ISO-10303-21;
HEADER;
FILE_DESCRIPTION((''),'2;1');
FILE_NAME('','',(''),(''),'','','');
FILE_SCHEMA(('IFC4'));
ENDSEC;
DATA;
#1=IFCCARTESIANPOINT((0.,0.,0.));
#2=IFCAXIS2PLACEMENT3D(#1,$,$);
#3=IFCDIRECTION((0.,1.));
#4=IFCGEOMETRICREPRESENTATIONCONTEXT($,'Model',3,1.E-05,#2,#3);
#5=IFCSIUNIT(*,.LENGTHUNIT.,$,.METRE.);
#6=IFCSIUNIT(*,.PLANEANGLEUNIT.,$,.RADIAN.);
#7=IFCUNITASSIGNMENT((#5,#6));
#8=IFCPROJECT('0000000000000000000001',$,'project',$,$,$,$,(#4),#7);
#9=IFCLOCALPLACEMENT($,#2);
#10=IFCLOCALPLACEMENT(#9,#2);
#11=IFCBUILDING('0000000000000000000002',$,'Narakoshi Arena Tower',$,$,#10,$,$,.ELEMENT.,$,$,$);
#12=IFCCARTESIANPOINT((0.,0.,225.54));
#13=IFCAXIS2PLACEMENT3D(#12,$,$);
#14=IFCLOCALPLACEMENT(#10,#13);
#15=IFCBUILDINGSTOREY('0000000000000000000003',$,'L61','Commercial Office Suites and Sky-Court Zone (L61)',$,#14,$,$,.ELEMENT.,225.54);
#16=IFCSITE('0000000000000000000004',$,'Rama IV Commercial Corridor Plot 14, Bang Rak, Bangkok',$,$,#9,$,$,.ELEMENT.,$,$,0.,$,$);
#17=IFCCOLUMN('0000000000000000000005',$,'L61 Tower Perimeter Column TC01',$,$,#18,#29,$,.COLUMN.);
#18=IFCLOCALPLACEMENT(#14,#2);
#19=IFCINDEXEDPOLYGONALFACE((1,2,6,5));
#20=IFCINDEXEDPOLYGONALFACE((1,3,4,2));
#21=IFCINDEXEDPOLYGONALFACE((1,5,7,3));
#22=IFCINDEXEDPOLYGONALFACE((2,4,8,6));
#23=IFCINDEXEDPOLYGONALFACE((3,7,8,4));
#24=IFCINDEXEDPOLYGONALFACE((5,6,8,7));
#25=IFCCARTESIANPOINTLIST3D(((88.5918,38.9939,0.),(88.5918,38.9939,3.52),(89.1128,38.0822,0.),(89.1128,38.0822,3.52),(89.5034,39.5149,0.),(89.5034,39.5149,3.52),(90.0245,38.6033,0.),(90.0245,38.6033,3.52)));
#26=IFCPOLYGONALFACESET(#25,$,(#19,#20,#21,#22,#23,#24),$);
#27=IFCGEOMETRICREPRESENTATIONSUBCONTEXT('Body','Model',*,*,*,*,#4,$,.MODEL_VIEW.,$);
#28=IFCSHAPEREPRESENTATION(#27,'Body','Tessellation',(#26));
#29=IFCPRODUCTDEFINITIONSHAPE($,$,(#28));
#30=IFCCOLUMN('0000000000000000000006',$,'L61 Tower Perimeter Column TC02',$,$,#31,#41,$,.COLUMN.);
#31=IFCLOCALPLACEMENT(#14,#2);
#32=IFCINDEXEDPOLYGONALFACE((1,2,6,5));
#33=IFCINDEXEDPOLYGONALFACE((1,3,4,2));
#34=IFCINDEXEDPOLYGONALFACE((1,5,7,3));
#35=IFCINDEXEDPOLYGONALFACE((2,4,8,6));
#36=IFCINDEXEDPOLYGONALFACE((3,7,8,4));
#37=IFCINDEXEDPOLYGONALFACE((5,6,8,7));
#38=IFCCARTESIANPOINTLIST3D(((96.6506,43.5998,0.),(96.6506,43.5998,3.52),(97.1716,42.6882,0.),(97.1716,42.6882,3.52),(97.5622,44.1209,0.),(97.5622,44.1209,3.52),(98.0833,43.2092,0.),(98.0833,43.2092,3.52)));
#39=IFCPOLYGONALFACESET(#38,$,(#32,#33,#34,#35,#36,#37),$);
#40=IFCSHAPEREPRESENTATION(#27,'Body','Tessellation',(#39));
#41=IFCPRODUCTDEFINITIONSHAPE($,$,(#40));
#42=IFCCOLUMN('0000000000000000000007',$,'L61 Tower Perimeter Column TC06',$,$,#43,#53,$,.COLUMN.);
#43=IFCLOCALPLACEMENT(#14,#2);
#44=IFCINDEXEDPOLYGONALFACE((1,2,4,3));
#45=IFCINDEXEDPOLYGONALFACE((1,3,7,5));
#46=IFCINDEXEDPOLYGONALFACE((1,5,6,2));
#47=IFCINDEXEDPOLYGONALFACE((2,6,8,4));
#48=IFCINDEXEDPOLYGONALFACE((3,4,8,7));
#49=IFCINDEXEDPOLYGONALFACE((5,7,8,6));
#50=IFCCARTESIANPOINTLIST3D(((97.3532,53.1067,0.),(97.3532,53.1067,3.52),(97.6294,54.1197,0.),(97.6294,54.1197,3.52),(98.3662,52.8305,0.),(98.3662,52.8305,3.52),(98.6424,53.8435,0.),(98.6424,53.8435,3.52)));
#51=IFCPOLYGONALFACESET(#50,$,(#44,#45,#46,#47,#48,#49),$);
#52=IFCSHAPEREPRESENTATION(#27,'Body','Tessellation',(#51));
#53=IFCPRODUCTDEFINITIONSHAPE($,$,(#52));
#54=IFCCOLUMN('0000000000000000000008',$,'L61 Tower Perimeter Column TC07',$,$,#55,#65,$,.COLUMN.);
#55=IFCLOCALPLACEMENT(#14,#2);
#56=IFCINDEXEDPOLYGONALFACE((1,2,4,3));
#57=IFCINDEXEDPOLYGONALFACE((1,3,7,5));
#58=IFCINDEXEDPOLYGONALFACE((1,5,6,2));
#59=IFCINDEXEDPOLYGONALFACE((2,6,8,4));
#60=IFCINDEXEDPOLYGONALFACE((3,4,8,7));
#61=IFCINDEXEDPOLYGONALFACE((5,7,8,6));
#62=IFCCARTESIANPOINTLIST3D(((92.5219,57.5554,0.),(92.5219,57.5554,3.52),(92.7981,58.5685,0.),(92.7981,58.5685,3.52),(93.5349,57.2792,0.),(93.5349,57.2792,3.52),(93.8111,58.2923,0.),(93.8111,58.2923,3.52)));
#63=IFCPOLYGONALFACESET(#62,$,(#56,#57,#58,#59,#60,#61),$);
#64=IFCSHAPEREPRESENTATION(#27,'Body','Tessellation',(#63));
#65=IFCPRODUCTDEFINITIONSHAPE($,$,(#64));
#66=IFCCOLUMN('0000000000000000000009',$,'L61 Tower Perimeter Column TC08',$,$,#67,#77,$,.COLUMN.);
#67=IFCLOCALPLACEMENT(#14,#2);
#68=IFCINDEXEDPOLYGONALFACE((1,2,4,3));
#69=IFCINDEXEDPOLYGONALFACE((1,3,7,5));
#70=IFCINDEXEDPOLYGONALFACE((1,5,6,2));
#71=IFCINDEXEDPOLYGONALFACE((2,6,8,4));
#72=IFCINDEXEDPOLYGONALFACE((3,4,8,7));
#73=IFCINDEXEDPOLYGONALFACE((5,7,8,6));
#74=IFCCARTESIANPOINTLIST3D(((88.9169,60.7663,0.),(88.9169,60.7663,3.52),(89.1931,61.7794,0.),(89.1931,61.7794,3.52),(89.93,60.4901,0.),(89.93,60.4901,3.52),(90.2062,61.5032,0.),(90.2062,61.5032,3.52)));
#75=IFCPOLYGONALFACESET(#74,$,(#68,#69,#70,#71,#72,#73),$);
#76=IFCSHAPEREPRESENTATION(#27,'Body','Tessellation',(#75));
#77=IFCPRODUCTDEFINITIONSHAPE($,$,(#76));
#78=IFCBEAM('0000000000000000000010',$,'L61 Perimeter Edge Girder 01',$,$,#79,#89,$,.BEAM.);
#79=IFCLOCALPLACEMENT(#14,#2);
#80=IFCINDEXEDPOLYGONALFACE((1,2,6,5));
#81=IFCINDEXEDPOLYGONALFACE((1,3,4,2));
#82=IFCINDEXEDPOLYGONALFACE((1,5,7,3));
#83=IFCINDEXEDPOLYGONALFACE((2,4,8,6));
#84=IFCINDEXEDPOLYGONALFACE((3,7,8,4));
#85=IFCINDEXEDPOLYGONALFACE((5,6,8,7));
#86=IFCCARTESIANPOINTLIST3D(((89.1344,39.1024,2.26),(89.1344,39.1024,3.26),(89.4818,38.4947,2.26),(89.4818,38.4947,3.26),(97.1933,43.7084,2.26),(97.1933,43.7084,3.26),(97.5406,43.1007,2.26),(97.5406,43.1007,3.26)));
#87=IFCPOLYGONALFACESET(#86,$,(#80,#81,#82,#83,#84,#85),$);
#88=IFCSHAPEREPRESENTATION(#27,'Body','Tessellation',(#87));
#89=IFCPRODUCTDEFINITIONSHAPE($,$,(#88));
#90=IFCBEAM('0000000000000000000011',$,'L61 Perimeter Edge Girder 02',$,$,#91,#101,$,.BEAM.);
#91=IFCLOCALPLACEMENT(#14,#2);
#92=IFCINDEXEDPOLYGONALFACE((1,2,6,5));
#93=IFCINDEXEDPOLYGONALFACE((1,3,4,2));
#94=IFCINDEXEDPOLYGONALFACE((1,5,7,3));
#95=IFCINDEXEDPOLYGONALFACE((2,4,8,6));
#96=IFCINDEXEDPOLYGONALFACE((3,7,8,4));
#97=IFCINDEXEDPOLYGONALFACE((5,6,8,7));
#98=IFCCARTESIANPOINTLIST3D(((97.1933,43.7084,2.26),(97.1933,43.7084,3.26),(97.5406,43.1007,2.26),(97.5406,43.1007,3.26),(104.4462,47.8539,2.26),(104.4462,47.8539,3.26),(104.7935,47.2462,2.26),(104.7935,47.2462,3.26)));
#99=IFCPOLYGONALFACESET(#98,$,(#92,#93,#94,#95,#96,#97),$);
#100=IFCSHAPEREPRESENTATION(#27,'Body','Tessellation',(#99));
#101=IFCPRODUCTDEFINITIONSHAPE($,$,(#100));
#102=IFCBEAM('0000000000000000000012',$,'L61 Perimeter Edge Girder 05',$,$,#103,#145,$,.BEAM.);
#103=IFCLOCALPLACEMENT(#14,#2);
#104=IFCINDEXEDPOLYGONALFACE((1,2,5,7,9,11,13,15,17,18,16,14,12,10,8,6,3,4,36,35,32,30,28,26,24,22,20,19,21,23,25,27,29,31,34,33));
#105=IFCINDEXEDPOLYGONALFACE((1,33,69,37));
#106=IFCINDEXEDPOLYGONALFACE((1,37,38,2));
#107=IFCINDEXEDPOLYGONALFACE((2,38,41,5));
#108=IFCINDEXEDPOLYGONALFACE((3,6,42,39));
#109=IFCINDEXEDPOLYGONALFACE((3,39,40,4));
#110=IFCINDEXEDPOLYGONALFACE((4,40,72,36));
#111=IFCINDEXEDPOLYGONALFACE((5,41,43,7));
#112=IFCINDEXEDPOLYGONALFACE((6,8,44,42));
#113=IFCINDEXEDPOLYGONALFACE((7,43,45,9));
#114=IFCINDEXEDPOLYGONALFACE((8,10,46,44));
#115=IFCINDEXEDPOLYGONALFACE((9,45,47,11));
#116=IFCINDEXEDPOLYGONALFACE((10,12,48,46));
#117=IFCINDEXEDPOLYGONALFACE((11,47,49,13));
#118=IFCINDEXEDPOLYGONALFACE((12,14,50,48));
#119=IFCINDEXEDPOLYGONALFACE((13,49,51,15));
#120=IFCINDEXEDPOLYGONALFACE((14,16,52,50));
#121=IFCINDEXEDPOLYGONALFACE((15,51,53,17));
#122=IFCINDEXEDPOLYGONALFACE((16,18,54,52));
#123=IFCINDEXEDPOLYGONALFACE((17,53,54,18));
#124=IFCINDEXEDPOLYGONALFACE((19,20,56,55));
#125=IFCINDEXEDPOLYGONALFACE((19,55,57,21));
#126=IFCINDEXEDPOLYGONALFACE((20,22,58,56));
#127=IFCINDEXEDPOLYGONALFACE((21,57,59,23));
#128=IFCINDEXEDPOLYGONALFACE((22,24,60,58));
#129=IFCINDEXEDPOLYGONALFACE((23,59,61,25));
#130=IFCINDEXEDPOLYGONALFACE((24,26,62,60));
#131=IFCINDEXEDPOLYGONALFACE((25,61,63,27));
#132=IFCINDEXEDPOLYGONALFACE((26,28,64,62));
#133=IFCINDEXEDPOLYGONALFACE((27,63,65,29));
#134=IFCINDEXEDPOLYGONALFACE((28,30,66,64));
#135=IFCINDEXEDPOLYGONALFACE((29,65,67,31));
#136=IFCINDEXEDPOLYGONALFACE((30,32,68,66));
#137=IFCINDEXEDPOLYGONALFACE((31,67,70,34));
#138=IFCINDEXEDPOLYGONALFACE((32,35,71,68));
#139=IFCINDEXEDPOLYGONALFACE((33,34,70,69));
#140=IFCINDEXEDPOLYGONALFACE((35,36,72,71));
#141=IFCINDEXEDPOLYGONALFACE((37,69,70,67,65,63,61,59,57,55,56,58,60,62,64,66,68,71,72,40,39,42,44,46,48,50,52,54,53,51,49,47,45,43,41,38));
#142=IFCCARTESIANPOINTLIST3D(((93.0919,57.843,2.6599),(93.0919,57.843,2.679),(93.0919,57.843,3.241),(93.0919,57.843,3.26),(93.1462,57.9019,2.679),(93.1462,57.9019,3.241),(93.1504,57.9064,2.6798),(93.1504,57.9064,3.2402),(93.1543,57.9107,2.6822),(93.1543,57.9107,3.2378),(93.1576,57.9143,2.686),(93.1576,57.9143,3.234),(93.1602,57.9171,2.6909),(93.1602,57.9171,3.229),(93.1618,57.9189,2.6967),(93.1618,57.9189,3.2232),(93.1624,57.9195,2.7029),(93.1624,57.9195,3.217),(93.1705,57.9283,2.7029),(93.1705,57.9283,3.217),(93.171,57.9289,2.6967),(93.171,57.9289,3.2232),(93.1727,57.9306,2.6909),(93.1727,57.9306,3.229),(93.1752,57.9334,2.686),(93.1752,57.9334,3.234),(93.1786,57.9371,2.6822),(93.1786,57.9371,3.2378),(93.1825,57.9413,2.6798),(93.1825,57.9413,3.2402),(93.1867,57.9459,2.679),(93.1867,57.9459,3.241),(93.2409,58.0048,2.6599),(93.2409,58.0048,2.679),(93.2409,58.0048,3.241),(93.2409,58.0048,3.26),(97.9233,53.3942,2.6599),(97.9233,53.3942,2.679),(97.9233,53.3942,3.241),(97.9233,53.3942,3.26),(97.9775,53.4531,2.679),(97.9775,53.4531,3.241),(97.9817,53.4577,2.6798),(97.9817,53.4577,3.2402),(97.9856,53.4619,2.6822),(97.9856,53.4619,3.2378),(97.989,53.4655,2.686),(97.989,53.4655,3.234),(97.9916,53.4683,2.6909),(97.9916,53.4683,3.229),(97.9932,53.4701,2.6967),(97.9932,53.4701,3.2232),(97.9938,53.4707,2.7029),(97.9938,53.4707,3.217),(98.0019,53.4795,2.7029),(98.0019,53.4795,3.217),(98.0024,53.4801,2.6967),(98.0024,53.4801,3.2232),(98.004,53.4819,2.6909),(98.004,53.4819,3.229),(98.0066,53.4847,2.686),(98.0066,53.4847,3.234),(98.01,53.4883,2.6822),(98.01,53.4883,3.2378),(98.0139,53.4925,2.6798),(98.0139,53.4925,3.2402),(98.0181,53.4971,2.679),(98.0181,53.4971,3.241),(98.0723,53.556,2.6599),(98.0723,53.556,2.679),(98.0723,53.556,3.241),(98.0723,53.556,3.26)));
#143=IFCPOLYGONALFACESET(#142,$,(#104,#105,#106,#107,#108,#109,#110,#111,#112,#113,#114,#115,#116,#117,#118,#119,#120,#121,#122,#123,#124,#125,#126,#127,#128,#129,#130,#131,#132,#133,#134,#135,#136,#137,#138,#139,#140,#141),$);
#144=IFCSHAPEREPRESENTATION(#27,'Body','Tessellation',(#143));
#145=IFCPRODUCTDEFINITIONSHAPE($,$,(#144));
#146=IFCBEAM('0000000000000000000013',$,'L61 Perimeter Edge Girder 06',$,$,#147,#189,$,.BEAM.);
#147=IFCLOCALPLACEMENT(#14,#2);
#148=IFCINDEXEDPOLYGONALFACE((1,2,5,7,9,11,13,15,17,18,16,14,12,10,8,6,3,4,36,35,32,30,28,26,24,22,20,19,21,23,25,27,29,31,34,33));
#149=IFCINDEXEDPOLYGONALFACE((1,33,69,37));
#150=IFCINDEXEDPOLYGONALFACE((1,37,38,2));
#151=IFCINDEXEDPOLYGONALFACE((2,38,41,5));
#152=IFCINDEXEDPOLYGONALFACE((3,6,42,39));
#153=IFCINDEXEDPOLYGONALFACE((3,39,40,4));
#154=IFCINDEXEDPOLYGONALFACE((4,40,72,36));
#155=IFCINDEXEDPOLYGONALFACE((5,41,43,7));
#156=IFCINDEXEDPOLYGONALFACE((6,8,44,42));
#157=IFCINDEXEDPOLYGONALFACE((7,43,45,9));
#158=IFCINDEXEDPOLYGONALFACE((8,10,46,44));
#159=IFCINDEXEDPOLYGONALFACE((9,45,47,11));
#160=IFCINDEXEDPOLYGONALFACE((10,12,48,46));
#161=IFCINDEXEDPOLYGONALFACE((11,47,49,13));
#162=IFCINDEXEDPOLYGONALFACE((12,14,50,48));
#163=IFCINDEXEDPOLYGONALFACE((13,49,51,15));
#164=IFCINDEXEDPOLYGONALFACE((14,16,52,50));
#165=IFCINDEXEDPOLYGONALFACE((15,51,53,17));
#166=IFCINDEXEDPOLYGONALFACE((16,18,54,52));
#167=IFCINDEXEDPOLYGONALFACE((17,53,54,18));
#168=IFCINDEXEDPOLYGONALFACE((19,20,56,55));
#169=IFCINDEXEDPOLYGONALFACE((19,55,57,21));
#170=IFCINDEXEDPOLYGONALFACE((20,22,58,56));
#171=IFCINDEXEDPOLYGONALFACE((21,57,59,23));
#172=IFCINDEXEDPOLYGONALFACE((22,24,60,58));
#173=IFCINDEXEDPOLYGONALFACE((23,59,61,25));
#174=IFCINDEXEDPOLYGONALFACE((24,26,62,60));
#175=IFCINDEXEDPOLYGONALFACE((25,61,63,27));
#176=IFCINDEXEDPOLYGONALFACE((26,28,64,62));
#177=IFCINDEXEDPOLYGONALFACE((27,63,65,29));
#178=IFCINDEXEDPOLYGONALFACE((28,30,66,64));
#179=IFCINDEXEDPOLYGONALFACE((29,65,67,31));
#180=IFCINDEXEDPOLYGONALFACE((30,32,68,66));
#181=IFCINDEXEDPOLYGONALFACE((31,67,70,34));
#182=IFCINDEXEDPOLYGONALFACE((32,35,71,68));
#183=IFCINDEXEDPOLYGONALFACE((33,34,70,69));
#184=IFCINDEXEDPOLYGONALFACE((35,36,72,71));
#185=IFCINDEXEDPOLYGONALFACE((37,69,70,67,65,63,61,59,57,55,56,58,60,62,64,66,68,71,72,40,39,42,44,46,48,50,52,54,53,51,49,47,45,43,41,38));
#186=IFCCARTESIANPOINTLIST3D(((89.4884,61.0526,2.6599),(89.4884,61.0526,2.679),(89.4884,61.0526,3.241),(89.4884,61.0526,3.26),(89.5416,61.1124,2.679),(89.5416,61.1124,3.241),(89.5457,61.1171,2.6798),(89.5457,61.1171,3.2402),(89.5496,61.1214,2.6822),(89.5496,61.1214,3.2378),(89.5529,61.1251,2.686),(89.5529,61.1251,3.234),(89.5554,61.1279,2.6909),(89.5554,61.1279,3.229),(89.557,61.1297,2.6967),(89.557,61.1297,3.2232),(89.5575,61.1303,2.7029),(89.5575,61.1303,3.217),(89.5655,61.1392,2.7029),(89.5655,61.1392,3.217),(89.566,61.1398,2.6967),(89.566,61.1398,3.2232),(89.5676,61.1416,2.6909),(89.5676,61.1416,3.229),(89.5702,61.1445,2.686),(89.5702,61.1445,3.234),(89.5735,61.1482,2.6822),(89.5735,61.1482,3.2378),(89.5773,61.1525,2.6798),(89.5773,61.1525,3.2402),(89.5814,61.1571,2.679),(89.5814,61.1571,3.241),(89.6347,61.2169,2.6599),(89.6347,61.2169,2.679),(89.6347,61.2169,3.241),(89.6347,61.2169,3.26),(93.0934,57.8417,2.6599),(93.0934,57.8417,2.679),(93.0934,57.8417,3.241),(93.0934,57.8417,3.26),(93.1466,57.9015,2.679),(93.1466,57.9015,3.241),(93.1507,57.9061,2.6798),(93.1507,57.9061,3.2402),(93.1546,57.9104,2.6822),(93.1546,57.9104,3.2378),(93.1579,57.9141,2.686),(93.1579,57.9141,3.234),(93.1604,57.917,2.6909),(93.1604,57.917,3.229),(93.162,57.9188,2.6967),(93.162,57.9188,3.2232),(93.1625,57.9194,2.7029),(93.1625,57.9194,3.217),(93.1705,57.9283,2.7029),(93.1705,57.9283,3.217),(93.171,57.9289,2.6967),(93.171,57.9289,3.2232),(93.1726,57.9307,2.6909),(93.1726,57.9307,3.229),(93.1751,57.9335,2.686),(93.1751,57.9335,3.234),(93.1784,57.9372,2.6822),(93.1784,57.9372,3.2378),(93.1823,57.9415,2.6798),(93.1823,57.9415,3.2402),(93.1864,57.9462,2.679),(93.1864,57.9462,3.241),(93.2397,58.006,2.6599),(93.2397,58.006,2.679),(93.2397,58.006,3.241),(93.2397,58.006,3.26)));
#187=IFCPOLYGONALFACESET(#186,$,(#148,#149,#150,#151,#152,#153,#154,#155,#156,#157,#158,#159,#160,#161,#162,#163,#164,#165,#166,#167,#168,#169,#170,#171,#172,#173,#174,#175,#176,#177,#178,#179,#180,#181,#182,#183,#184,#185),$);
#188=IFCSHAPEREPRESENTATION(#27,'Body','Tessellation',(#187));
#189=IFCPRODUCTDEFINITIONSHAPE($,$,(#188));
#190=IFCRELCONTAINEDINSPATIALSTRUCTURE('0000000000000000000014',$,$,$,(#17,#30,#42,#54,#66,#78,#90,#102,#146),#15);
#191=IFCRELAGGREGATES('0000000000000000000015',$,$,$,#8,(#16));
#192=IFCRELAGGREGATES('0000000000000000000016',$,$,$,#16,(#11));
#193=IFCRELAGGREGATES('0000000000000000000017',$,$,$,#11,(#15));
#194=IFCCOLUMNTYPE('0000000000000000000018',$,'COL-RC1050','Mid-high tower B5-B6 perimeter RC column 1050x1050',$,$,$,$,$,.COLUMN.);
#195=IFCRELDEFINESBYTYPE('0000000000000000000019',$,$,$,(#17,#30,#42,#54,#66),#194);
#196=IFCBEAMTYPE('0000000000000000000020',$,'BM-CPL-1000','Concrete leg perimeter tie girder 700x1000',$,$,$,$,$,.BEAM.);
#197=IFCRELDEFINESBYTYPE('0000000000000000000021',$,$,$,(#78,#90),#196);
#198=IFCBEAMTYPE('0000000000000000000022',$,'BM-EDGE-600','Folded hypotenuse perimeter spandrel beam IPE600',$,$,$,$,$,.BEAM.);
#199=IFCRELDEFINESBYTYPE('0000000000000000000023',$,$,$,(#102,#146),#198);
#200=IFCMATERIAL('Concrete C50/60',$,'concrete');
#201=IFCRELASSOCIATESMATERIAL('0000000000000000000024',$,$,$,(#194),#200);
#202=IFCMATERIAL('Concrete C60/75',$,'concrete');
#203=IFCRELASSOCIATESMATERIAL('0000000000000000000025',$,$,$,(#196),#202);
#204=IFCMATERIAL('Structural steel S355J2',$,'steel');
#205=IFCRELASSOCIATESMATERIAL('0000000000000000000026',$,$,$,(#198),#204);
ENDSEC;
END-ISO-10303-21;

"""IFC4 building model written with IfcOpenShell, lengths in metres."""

from ifc_helpers import new_model, si_unit, direction, frame, origin, origin_2d, place, context, subcontext, project, spatial, rectangle, i_section, extrude, material, material_profile, profile_set, type_object, element, save


model = new_model("IFC4")

# Units and contexts
model_context = context("Model", 3, precision=1e-05, world=origin(), true_north=direction((0.0, 1.0)))
body_context = subcontext(model_context, "Body", "Model", "MODEL_VIEW")
ifc_project = project(units=[si_unit("LENGTHUNIT", "METRE"), si_unit("PLANEANGLEUNIT", "RADIAN")], contexts=[model_context])

# Site, building, storey
site_placement = place(None, origin())
site = spatial("IfcSite", under=ifc_project, at=site_placement, Name="Rama IV Commercial Corridor Plot 14, Bang Rak, Bangkok", CompositionType="ELEMENT", RefElevation=0.0)
building_placement = place(site_placement, origin())
building = spatial("IfcBuilding", under=site, at=building_placement, Name="Narakoshi Arena Tower", CompositionType="ELEMENT")
storey_placement = place(building_placement, frame((0.0, 0.0, 225.54)))
storey = spatial("IfcBuildingStorey", under=building, at=storey_placement, Name="L61", Description="Commercial Office Suites and Sky-Court Zone (L61)", CompositionType="ELEMENT", Elevation=225.54)

# Columns
ifc_material_1 = material(Name="Concrete C50/60", Category="concrete")
ifc_material_profile_1 = material_profile(ifc_material_1, rectangle(XDim=1.05, YDim=1.05, at=origin_2d()), Name="RC1050x1050")
ifc_profile_set_1 = profile_set([ifc_material_profile_1], Name="Concrete C50/60")
column_type = type_object("IfcColumnType", Name="COL-RC1050", Description="Mid-high tower B5-B6 perimeter RC column 1050x1050", PredefinedType="COLUMN", material=ifc_profile_set_1)
for number, where, z_axis, x_axis, name in (
    (1, (89.3081, 38.7986, 0.0), (0.0, 0.0, 1.0), (0.868199, 0.496217, 0.0), "L61 Tower Perimeter Column TC01"),
    (2, (97.3669, 43.4045, 0.0), (0.0, 0.0, 1.0), (0.868199, 0.496217, 0.0), "L61 Tower Perimeter Column TC02"),
    (3, (97.9978, 53.4751, 0.0), (0.0, 0.0, 1.0), (0.263031, 0.964787, 0.0), "L61 Tower Perimeter Column TC06"),
    (4, (93.1665, 57.9238, 0.0), (0.0, 0.0, 1.0), (0.263031, 0.964787, 0.0), "L61 Tower Perimeter Column TC07"),
    (5, (89.5615, 61.1348, 0.0), (0.0, 0.0, 1.0), (0.263031, 0.964787, 0.0), "L61 Tower Perimeter Column TC08"),
):
    element("IfcColumn", number, at=place(storey_placement, frame(where, z_axis=z_axis, x_axis=x_axis)), inside=storey, type_object=column_type, Name=name, PredefinedType="COLUMN", context=body_context, shape_type="SweptSolid", body=[
        extrude(rectangle(XDim=1.05, YDim=1.05, at=origin_2d()), origin(), (0.0, 0.0, 1.0), 3.52),
    ])

# Beams
ifc_material_2 = material(Name="Concrete C60/75", Category="concrete")
ifc_material_profile_2 = material_profile(ifc_material_2, rectangle(XDim=0.7, YDim=1.0, at=origin_2d()), Name="RCB700x1000")
ifc_profile_set_2 = profile_set([ifc_material_profile_2], Name="Concrete C60/75")
beam_type_1 = type_object("IfcBeamType", Name="BM-CPL-1000", Description="Concrete leg perimeter tie girder 700x1000", PredefinedType="BEAM", material=ifc_profile_set_2)
beam_1_placement = place(storey_placement, frame((89.3081, 38.7986, 2.76), z_axis=(0.868201, 0.496213, 0.0), x_axis=(-0.496213, 0.868201, 0.0)))
element("IfcBeam", 6, at=beam_1_placement, inside=storey, type_object=beam_type_1, Name="L61 Perimeter Edge Girder 01", PredefinedType="BEAM", context=body_context, shape_type="SweptSolid", body=[
    extrude(rectangle(XDim=0.7, YDim=1.0, at=origin_2d()), origin(), (0.0, 0.0, 1.0), 9.2822),
])
beam_2_placement = place(storey_placement, frame((97.3669, 43.4045, 2.76), z_axis=(0.868193, 0.496227, 0.0), x_axis=(-0.496227, 0.868193, 0.0)))
element("IfcBeam", 7, at=beam_2_placement, inside=storey, type_object=beam_type_1, Name="L61 Perimeter Edge Girder 02", PredefinedType="BEAM", context=body_context, shape_type="SweptSolid", body=[
    extrude(rectangle(XDim=0.7, YDim=1.0, at=origin_2d()), origin(), (0.0, 0.0, 1.0), 8.354),
])
ifc_material_3 = material(Name="Structural steel S355J2", Category="steel")
ifc_material_profile_3 = material_profile(ifc_material_3, i_section(OverallWidth=0.22, OverallDepth=0.6001, WebThickness=0.012, FlangeThickness=0.019, FilletRadius=0.0239, at=origin_2d()), Name="IPE600")
ifc_profile_set_3 = profile_set([ifc_material_profile_3], Name="Structural steel S355J2")
beam_type_2 = type_object("IfcBeamType", Name="BM-EDGE-600", Description="Folded hypotenuse perimeter spandrel beam IPE600", PredefinedType="BEAM", material=ifc_profile_set_3)
beam_3_placement = place(storey_placement, frame((97.9978, 53.4751, 2.96), z_axis=(-0.735632, 0.677381, 0.0), x_axis=(-0.677381, -0.735632, 0.0)))
element("IfcBeam", 8, at=beam_3_placement, inside=storey, type_object=beam_type_2, Name="L61 Perimeter Edge Girder 05", PredefinedType="BEAM", context=body_context, shape_type="SweptSolid", body=[
    extrude(i_section(OverallWidth=0.22, OverallDepth=0.6001, WebThickness=0.012, FlangeThickness=0.019, FilletRadius=0.0239, at=origin_2d()), origin(), (0.0, 0.0, 1.0), 6.5676),
])
beam_4_placement = place(storey_placement, frame((93.1665, 57.9238, 2.96), z_axis=(-0.746739, 0.665117, 0.0), x_axis=(-0.665117, -0.746739, 0.0)))
element("IfcBeam", 9, at=beam_4_placement, inside=storey, type_object=beam_type_2, Name="L61 Perimeter Edge Girder 06", PredefinedType="BEAM", context=body_context, shape_type="SweptSolid", body=[
    extrude(i_section(OverallWidth=0.22, OverallDepth=0.6001, WebThickness=0.012, FlangeThickness=0.019, FilletRadius=0.0239, at=origin_2d()), origin(), (0.0, 0.0, 1.0), 4.8276),
])

save(model, "model.ifc")
